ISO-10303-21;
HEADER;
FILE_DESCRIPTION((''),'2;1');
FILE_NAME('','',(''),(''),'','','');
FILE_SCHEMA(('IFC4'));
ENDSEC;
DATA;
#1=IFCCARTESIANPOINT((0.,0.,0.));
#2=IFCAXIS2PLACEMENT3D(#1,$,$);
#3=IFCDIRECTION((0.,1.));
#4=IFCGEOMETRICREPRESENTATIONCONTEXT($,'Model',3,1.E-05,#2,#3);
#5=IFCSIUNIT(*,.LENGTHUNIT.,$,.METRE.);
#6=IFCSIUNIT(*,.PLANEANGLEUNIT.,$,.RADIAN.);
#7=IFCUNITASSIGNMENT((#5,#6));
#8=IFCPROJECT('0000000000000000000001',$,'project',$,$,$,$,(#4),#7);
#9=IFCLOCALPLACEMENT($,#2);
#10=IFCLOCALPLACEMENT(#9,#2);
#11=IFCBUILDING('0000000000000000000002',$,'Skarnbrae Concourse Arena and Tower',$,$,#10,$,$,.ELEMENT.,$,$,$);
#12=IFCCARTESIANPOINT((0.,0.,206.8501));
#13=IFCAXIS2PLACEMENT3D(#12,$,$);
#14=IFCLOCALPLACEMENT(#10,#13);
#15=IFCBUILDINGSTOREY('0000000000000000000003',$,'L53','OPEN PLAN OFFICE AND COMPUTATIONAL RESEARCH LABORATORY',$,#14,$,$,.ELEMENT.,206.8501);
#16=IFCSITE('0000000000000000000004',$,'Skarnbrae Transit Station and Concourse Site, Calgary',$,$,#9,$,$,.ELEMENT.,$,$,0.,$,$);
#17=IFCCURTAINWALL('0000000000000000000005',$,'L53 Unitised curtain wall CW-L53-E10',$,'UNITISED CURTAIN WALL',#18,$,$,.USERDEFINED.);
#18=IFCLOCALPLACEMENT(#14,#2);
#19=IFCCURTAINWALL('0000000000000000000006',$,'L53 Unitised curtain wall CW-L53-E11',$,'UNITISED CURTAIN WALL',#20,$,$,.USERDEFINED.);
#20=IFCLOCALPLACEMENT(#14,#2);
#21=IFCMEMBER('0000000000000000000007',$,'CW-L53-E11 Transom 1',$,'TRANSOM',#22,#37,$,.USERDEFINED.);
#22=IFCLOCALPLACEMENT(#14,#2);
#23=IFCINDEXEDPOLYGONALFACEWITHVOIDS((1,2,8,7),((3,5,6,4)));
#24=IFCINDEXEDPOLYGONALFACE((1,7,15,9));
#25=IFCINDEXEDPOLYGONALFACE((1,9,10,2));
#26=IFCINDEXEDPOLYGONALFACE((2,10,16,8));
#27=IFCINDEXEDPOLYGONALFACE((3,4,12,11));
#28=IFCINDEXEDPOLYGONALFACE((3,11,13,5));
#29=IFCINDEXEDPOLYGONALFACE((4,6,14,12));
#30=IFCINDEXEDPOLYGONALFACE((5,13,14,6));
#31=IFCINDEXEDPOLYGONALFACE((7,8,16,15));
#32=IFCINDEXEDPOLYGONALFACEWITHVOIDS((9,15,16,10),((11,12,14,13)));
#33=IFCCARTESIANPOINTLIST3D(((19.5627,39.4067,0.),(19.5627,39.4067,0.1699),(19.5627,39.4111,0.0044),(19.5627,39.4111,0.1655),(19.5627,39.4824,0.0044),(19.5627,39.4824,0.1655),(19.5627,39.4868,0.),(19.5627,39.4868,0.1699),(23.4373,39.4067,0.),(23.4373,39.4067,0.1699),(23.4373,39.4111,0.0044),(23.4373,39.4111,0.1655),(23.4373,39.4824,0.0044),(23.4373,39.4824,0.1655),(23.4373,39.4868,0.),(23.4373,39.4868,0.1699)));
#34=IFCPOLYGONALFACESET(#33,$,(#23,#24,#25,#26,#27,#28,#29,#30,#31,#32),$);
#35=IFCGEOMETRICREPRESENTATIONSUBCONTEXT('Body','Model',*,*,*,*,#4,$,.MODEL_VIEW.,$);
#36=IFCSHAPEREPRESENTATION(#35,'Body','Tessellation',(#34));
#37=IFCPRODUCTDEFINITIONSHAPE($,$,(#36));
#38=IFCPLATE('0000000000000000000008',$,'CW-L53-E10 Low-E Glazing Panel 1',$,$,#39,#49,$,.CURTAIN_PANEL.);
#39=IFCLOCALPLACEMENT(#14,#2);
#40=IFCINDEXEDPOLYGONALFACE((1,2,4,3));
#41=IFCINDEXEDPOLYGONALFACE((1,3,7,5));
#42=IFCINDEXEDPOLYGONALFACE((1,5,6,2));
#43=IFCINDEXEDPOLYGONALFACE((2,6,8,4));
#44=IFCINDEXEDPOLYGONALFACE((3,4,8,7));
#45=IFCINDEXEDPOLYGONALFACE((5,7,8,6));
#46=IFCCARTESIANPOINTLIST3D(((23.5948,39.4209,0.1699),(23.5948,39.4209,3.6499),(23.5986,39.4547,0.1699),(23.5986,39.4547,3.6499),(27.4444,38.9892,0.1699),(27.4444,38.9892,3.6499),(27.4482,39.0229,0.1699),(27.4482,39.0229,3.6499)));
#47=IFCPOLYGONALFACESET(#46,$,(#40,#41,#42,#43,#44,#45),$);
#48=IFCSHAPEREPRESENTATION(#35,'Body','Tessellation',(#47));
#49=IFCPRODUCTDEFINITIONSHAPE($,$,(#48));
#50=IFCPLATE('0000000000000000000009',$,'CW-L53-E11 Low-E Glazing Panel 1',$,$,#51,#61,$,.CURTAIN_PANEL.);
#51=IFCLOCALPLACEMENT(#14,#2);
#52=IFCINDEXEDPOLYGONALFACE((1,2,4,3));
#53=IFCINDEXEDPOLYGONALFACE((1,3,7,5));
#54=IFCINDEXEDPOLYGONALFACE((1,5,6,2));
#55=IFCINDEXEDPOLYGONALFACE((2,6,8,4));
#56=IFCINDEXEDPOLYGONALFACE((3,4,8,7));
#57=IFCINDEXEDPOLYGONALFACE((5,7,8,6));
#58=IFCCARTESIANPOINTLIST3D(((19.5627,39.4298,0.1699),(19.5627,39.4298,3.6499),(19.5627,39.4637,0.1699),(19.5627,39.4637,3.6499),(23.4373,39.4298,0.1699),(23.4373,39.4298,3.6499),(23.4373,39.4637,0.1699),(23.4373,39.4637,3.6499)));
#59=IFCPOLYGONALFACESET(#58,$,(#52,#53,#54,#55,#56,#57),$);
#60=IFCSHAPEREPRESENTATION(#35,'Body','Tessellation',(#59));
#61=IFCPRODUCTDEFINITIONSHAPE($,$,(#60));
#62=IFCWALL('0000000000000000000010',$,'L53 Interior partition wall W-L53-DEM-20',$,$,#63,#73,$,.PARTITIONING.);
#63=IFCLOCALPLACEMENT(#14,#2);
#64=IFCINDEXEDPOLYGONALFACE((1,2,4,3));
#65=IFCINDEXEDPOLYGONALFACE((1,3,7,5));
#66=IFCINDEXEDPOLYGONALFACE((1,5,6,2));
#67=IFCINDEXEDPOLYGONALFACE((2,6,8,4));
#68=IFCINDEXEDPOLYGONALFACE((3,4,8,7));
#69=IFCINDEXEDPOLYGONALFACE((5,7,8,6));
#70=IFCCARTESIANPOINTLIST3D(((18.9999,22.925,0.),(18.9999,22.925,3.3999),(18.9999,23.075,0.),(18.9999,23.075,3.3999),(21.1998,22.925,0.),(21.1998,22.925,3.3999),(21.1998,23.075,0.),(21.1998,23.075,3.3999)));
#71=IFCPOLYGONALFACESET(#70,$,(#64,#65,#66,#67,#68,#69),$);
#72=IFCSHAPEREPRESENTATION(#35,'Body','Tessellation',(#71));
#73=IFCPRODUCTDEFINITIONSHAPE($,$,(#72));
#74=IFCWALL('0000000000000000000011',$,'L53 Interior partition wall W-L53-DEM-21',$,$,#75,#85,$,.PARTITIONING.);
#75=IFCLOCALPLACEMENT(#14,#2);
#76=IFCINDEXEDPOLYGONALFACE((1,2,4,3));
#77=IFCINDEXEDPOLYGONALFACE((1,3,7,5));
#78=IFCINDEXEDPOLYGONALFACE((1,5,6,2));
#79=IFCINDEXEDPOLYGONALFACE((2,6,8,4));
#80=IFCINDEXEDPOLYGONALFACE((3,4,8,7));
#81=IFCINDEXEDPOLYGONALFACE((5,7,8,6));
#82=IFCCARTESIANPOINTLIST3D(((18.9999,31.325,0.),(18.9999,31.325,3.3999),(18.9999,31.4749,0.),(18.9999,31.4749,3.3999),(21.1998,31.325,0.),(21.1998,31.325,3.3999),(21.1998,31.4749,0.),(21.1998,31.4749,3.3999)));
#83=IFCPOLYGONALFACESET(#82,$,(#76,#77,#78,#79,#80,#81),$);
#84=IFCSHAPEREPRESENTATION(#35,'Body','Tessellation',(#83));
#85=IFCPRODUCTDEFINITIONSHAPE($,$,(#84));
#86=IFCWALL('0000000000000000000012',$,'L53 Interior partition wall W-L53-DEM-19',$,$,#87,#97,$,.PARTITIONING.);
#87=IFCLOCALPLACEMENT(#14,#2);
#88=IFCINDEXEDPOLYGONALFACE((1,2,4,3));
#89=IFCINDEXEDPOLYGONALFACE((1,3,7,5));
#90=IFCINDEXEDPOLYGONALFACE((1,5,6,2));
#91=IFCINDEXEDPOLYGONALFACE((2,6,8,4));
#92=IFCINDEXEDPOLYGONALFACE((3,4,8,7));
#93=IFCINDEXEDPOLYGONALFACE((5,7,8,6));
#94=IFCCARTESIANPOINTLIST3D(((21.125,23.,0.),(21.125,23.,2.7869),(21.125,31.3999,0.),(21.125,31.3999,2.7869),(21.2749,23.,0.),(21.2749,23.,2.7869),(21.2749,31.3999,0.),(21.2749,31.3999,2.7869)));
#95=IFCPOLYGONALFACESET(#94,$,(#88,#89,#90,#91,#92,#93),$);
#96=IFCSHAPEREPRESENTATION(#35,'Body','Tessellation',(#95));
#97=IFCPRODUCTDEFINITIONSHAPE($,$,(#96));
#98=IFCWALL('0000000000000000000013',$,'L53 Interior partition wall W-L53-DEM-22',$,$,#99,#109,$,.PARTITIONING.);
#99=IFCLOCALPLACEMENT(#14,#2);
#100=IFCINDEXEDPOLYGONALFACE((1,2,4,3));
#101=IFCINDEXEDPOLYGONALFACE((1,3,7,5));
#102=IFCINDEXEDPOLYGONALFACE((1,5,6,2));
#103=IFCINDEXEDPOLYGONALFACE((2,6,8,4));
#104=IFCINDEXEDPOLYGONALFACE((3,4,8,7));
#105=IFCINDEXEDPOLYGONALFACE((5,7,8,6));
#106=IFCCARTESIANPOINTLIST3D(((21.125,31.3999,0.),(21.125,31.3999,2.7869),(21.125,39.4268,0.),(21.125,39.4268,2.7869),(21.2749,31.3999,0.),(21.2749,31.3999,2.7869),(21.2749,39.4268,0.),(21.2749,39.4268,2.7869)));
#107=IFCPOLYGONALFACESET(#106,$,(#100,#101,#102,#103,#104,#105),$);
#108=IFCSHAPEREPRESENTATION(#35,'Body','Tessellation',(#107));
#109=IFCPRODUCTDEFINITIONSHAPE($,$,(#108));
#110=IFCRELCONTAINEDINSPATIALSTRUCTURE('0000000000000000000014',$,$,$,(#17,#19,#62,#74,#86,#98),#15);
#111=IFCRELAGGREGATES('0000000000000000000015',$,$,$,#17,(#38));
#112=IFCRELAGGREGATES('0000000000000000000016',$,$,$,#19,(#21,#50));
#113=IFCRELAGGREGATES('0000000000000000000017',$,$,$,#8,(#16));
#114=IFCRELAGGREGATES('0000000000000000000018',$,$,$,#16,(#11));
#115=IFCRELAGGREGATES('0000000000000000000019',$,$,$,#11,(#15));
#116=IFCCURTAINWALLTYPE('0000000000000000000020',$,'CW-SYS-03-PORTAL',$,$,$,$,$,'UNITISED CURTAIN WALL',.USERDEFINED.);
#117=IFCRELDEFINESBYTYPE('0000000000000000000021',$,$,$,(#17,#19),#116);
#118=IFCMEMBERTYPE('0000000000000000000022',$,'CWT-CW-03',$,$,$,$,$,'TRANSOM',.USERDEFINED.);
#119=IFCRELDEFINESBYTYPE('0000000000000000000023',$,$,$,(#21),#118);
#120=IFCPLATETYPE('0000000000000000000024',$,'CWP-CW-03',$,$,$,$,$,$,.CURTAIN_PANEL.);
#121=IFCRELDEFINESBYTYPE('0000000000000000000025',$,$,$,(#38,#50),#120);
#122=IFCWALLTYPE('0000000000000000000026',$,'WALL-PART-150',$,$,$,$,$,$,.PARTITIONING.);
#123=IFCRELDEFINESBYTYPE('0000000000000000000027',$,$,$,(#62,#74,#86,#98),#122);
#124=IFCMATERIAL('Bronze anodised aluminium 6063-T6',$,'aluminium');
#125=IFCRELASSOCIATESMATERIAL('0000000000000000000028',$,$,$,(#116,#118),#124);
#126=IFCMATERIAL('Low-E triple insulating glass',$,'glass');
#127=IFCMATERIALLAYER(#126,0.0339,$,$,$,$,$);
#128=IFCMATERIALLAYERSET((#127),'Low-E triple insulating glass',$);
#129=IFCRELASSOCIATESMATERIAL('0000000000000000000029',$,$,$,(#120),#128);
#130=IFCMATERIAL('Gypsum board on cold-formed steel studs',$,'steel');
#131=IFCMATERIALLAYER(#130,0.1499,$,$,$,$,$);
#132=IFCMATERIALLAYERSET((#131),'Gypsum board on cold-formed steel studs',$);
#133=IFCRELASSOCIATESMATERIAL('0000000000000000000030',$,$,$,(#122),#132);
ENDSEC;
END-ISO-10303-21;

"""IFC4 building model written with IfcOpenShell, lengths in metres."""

from ifc_helpers import new_model, si_unit, direction, frame, frame_2d, origin, origin_2d, place, context, subcontext, project, spatial, rectangle, hollow_rectangle, extrude, source, transform, mapped, material, layer, layer_set, material_profile, profile_set, type_object, element, aggregate, save


model = new_model("IFC4")

# Units and contexts
model_context = context("Model", 3, precision=1e-05, world=origin(), true_north=direction((0.0, 1.0)))
body_context = subcontext(model_context, "Body", "Model", "MODEL_VIEW")
ifc_project = project(units=[si_unit("LENGTHUNIT", "METRE"), si_unit("PLANEANGLEUNIT", "RADIAN")], contexts=[model_context])

# Site, building, storey
site_placement = place(None, origin())
site = spatial("IfcSite", under=ifc_project, at=site_placement, Name="Skarnbrae Transit Station and Concourse Site, Calgary", CompositionType="ELEMENT", RefElevation=0.0)
building_placement = place(site_placement, origin())
building = spatial("IfcBuilding", under=site, at=building_placement, Name="Skarnbrae Concourse Arena and Tower", CompositionType="ELEMENT")
storey_placement = place(building_placement, frame((0.0, 0.0, 206.8501)))
storey = spatial("IfcBuildingStorey", under=building, at=storey_placement, Name="L53", Description="OPEN PLAN OFFICE AND COMPUTATIONAL RESEARCH LABORATORY", CompositionType="ELEMENT", Elevation=206.8501)

# Shared definitions
ifc_material_1 = material(Name="Bronze anodised aluminium 6063-T6", Category="aluminium")
curtain_wall_type = type_object("IfcCurtainWallType", Name="CW-SYS-03-PORTAL", ElementType="UNITISED CURTAIN WALL", PredefinedType="USERDEFINED", material=ifc_material_1)

# Curtain wall
curtain_wall_1_placement = place(storey_placement, origin())
curtain_wall_1 = element("IfcCurtainWall", 1, at=curtain_wall_1_placement, inside=storey, type_object=curtain_wall_type, Name="L53 Unitised curtain wall CW-L53-E10", ObjectType="UNITISED CURTAIN WALL", PredefinedType="USERDEFINED")

# Curtain wall
curtain_wall_2_placement = place(storey_placement, origin())
curtain_wall_2 = element("IfcCurtainWall", 2, at=curtain_wall_2_placement, inside=storey, type_object=curtain_wall_type, Name="L53 Unitised curtain wall CW-L53-E11", ObjectType="UNITISED CURTAIN WALL", PredefinedType="USERDEFINED")

# Member
ifc_material_profile_1 = material_profile(ifc_material_1, hollow_rectangle(XDim=0.0801, YDim=0.1699, WallThickness=0.0044, at=origin_2d()), Name="ALU-TRAN-80X170")
ifc_profile_set_1 = profile_set([ifc_material_profile_1], Name="Bronze anodised aluminium 6063-T6")
member_type_1 = type_object("IfcMemberType", Name="CWT-CW-03", ElementType="TRANSOM", PredefinedType="USERDEFINED", material=ifc_profile_set_1)
shared_shape_1 = source(origin(), body_context, "Body", "SweptSolid", [
    extrude(hollow_rectangle(XDim=0.0801, YDim=0.1699, WallThickness=0.0044, at=origin_2d()), origin(), (0.0, 0.0, 1.0), 3.8745),
])
member_1_placement = place(storey_placement, frame((23.4373, 39.4468, 0.085), z_axis=(-1.0, 0.0, 0.0), x_axis=(0.0, -1.0, 0.0)))
member_1 = element("IfcMember", 3, at=member_1_placement, type_object=member_type_1, Name="CW-L53-E11 Transom 1", ObjectType="TRANSOM", PredefinedType="USERDEFINED", context=body_context, shape_type="MappedRepresentation", body=[
    mapped(shared_shape_1, transform((0.0, 0.0, 0.0))),
])

# Plates
ifc_material_2 = material(Name="Low-E triple insulating glass", Category="glass")
ifc_layer_1 = layer(ifc_material_2, 0.0339)
ifc_layer_set_1 = layer_set([ifc_layer_1], Name="Low-E triple insulating glass")
plate_type = type_object("IfcPlateType", Name="CWP-CW-03", PredefinedType="CURTAIN_PANEL", material=ifc_layer_set_1)
shared_shape_2 = source(origin(), body_context, "Body", "SweptSolid", [
    extrude(rectangle(XDim=3.8738, YDim=0.0339, at=origin_2d()), origin(), (0.0, 0.0, 1.0), 3.48),
])
plate_1_placement = place(storey_placement, frame((25.5215, 39.2219, 0.1699), z_axis=(0.0, 0.0, 1.0), x_axis=(-0.993769, 0.11146, 0.0)))
plate_1 = element("IfcPlate", 4, at=plate_1_placement, type_object=plate_type, Name="CW-L53-E10 Low-E Glazing Panel 1", PredefinedType="CURTAIN_PANEL", context=body_context, shape_type="MappedRepresentation", body=[
    mapped(shared_shape_2, transform((0.0, 0.0, 0.0))),
])
aggregate(curtain_wall_1, [plate_1])
shared_shape_3 = source(origin(), body_context, "Body", "SweptSolid", [
    extrude(rectangle(XDim=3.8745, YDim=0.0339, at=origin_2d()), origin(), (0.0, 0.0, 1.0), 3.48),
])
plate_2_placement = place(storey_placement, frame((21.5, 39.4468, 0.1699), z_axis=(0.0, 0.0, 1.0), x_axis=(-1.0, 0.0, 0.0)))
plate_2 = element("IfcPlate", 5, at=plate_2_placement, type_object=plate_type, Name="CW-L53-E11 Low-E Glazing Panel 1", PredefinedType="CURTAIN_PANEL", context=body_context, shape_type="MappedRepresentation", body=[
    mapped(shared_shape_3, transform((0.0, 0.0, 0.0))),
])
aggregate(curtain_wall_2, [member_1, plate_2])

# Walls
ifc_material_3 = material(Name="Gypsum board on cold-formed steel studs", Category="steel")
ifc_layer_2 = layer(ifc_material_3, 0.1499)
ifc_layer_set_2 = layer_set([ifc_layer_2], Name="Gypsum board on cold-formed steel studs")
wall_type = type_object("IfcWallType", Name="WALL-PART-150", PredefinedType="PARTITIONING", material=ifc_layer_set_2)
shared_shape_4 = source(origin(), body_context, "Body", "SweptSolid", [
    extrude(rectangle(XDim=2.2, YDim=0.1499, at=frame_2d((1.1001, 0.0))), origin(), (0.0, 0.0, 1.0), 3.3999),
])
for number, where, z_axis, x_axis, name in (
    (6, (21.2, 23.0, 0.0), (0.0, 0.0, 1.0), (-1.0, 0.0, 0.0), "L53 Interior partition wall W-L53-DEM-20"),
    (7, (21.2, 31.3999, 0.0), (0.0, 0.0, 1.0), (-1.0, 0.0, 0.0), "L53 Interior partition wall W-L53-DEM-21"),
):
    element("IfcWall", number, at=place(storey_placement, frame(where, z_axis=z_axis, x_axis=x_axis)), inside=storey, type_object=wall_type, Name=name, PredefinedType="PARTITIONING", context=body_context, shape_type="MappedRepresentation", body=[
        mapped(shared_shape_4, transform((0.0, 0.0, 0.0))),
    ])
shared_shape_5 = source(origin(), body_context, "Body", "SweptSolid", [
    extrude(rectangle(XDim=8.3999, YDim=0.1499, at=frame_2d((4.2, 0.0))), origin(), (0.0, 0.0, 1.0), 2.7869),
])
wall_1_placement = place(storey_placement, frame((21.2, 31.3999, 0.0), z_axis=(0.0, 0.0, 1.0), x_axis=(0.0, -1.0, 0.0)))
element("IfcWall", 8, at=wall_1_placement, inside=storey, type_object=wall_type, Name="L53 Interior partition wall W-L53-DEM-19", PredefinedType="PARTITIONING", context=body_context, shape_type="MappedRepresentation", body=[
    mapped(shared_shape_5, transform((0.0, 0.0, 0.0))),
])
shared_shape_6 = source(origin(), body_context, "Body", "SweptSolid", [
    extrude(rectangle(XDim=8.0269, YDim=0.1499, at=frame_2d((4.0134, 0.0))), origin(), (0.0, 0.0, 1.0), 2.7869),
])
wall_2_placement = place(storey_placement, frame((21.2, 39.4268, 0.0), z_axis=(0.0, 0.0, 1.0), x_axis=(0.0, -1.0, 0.0)))
element("IfcWall", 9, at=wall_2_placement, inside=storey, type_object=wall_type, Name="L53 Interior partition wall W-L53-DEM-22", PredefinedType="PARTITIONING", context=body_context, shape_type="MappedRepresentation", body=[
    mapped(shared_shape_6, transform((0.0, 0.0, 0.0))),
])

save(model, "model.ifc")
